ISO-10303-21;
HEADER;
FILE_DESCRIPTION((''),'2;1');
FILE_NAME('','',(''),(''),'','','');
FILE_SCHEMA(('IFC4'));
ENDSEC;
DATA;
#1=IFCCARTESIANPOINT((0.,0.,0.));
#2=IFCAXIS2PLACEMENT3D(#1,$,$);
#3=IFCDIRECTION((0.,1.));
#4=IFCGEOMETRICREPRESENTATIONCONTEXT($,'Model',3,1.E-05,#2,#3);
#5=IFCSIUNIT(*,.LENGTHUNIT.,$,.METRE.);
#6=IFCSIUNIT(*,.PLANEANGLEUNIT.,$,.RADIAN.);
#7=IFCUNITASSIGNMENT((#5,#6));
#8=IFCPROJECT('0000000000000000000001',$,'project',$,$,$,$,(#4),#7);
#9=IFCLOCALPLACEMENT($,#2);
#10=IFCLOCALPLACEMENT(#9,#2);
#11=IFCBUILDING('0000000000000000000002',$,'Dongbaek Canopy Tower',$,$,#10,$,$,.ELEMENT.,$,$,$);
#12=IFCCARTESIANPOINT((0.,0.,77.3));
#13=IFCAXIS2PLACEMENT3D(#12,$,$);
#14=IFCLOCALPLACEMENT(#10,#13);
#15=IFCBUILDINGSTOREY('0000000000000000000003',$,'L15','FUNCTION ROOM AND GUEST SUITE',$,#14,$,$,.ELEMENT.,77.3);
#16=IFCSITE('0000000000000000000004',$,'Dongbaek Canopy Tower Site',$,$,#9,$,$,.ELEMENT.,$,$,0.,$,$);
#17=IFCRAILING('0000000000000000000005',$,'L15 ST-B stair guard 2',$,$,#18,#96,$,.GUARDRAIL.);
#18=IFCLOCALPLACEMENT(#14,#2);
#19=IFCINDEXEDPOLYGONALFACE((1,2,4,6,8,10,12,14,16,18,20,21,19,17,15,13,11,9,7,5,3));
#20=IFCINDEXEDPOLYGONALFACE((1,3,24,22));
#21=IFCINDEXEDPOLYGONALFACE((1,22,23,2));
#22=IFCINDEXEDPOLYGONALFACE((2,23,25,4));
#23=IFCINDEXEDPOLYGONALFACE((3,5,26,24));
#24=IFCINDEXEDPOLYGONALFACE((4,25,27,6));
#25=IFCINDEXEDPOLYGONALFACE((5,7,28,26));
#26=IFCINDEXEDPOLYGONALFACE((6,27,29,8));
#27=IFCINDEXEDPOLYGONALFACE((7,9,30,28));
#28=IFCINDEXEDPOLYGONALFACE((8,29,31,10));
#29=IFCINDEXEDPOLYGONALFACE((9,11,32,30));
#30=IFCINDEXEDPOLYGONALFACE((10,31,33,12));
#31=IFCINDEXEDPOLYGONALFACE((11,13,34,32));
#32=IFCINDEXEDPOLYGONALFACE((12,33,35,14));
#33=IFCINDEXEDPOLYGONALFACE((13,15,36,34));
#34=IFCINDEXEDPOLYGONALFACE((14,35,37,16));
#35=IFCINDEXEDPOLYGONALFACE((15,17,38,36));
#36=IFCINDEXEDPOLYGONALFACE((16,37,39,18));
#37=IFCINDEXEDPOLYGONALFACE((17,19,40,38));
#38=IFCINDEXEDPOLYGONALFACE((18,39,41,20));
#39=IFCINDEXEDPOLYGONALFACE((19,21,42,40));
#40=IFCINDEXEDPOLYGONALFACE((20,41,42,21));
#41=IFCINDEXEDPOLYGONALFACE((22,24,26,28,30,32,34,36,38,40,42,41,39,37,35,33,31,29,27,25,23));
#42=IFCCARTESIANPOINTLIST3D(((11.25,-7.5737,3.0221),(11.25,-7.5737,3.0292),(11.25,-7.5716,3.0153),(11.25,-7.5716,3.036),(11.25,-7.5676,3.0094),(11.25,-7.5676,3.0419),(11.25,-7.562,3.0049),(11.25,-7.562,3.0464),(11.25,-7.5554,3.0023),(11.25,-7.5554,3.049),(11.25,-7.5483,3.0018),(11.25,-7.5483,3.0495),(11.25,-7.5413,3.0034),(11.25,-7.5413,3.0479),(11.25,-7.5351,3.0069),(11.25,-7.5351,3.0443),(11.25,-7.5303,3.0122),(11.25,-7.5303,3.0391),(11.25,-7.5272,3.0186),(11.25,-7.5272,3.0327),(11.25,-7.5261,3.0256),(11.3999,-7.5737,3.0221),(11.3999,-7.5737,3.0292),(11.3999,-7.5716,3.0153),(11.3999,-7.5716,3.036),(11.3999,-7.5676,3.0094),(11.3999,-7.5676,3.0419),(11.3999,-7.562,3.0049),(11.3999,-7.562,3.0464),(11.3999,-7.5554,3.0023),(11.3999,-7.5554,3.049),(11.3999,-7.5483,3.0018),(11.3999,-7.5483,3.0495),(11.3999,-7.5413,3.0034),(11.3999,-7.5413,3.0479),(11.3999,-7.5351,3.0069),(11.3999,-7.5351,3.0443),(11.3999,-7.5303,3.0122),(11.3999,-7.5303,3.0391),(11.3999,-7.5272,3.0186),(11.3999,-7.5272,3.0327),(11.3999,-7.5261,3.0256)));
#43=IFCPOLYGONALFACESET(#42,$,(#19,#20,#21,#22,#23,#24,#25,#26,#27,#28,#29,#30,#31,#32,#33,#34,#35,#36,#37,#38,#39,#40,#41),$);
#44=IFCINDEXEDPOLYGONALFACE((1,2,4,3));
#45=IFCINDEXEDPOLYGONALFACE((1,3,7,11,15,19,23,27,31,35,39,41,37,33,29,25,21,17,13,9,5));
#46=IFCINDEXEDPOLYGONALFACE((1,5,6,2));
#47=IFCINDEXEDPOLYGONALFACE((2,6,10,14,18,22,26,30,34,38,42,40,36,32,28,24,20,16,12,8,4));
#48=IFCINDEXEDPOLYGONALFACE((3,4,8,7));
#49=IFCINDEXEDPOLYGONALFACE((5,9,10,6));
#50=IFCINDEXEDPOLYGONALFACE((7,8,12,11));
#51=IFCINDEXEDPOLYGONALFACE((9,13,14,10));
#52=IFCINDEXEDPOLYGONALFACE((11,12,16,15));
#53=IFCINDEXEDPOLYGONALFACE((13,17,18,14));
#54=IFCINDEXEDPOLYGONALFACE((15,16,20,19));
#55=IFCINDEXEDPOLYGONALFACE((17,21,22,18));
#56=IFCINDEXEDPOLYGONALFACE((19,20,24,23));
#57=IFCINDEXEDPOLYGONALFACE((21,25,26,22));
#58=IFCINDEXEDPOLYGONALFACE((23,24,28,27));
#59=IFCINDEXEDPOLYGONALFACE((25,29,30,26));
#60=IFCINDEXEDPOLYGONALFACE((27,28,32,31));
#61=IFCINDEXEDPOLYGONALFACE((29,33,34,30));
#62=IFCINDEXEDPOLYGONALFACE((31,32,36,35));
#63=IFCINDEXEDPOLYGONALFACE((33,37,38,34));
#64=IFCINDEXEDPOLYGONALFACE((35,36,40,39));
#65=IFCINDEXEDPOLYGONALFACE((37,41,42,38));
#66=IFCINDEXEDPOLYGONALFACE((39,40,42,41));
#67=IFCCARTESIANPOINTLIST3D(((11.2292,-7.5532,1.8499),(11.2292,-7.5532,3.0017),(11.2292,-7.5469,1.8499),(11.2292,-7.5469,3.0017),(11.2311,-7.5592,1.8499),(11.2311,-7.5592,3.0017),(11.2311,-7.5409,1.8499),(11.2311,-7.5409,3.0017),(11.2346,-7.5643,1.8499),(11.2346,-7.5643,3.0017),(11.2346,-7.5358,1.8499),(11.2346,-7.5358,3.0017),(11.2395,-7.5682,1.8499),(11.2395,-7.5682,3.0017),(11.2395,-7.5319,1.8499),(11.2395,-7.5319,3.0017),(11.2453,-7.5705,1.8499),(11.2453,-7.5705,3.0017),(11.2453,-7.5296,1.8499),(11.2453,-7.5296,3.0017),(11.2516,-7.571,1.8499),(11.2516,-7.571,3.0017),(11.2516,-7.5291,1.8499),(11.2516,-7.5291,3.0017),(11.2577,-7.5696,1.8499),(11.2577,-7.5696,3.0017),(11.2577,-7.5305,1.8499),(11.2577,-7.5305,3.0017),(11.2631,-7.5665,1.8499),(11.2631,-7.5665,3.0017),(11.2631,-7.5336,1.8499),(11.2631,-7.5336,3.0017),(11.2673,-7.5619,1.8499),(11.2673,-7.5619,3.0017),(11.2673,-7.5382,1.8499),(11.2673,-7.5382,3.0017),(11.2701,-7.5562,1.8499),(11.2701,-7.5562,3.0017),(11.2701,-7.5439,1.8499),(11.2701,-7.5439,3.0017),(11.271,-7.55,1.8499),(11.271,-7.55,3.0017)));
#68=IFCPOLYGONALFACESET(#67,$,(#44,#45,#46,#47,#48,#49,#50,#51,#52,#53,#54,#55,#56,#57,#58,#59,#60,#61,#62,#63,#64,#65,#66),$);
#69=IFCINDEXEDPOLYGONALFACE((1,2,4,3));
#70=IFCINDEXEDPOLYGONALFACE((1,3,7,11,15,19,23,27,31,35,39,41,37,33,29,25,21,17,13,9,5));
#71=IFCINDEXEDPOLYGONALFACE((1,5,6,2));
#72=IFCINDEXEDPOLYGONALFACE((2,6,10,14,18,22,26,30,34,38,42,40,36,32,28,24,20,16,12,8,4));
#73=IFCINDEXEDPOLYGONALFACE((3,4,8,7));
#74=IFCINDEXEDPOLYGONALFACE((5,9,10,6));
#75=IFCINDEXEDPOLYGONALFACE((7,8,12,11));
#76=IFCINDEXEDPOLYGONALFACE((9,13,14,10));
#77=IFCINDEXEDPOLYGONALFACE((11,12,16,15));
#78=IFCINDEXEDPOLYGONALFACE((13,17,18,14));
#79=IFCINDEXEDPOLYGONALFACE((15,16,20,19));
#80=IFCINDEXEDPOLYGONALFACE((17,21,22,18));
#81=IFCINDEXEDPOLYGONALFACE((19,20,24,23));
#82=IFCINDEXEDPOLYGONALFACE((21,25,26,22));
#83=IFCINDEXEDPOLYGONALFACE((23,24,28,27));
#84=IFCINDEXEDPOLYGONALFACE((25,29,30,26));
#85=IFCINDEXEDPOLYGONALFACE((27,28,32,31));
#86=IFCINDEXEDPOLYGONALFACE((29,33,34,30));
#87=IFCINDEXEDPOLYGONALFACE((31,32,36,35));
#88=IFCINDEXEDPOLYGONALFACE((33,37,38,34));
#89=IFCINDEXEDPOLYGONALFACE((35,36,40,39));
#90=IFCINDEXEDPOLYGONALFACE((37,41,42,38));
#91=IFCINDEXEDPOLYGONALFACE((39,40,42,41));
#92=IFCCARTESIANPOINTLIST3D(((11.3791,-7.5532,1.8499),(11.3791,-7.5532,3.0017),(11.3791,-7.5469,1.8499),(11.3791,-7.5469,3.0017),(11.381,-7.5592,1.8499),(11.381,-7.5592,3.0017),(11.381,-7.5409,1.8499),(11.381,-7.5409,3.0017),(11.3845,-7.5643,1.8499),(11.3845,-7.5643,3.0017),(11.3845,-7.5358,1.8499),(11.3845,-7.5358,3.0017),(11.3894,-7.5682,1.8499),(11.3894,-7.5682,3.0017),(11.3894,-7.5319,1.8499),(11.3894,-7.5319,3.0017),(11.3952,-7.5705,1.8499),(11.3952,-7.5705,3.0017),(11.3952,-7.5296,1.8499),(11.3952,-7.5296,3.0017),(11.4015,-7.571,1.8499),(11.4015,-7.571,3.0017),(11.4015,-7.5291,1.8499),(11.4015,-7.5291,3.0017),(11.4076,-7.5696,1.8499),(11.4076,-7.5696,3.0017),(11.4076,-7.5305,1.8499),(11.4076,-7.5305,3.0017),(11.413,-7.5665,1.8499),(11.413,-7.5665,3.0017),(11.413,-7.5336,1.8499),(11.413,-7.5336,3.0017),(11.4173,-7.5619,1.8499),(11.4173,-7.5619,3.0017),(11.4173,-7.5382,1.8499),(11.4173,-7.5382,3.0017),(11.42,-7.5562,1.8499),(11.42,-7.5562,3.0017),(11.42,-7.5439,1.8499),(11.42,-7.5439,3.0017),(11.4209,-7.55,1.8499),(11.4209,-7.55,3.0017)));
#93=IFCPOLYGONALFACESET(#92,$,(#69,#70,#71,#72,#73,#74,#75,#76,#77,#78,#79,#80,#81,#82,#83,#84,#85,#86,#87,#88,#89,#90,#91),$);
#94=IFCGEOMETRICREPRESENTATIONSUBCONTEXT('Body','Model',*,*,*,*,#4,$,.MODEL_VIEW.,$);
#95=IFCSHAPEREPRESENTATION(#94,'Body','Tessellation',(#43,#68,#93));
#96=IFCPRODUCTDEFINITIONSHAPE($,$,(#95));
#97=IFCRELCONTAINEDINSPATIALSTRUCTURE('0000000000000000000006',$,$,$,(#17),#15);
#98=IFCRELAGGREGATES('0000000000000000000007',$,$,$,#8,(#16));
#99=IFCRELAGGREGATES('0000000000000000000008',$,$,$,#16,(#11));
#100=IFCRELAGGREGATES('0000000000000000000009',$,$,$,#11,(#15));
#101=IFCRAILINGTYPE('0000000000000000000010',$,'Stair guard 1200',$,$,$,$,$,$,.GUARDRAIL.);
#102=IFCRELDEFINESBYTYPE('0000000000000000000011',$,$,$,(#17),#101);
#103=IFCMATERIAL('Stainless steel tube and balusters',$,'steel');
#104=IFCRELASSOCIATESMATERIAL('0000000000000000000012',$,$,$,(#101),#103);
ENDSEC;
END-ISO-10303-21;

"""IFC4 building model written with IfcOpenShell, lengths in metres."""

from ifc_helpers import new_model, si_unit, direction, frame, origin, origin_2d, place, context, subcontext, project, spatial, circle, extrude, material, type_object, element, save


model = new_model("IFC4")

# Units and contexts
model_context = context("Model", 3, precision=1e-05, world=origin(), true_north=direction((0.0, 1.0)))
body_context = subcontext(model_context, "Body", "Model", "MODEL_VIEW")
ifc_project = project(units=[si_unit("LENGTHUNIT", "METRE"), si_unit("PLANEANGLEUNIT", "RADIAN")], contexts=[model_context])

# Site, building, storey
site_placement = place(None, origin())
site = spatial("IfcSite", under=ifc_project, at=site_placement, Name="Dongbaek Canopy Tower Site", CompositionType="ELEMENT", RefElevation=0.0)
building_placement = place(site_placement, origin())
building = spatial("IfcBuilding", under=site, at=building_placement, Name="Dongbaek Canopy Tower", CompositionType="ELEMENT")
storey_placement = place(building_placement, frame((0.0, 0.0, 77.3)))
storey = spatial("IfcBuildingStorey", under=building, at=storey_placement, Name="L15", Description="FUNCTION ROOM AND GUEST SUITE", CompositionType="ELEMENT", Elevation=77.3)

# Railing
ifc_material_1 = material(Name="Stainless steel tube and balusters", Category="steel")
railing_type_1 = type_object("IfcRailingType", Name="Stair guard 1200", PredefinedType="GUARDRAIL", material=ifc_material_1)
railing_1_placement = place(storey_placement, frame((11.25, -7.55, 1.8499)))
element("IfcRailing", 1, at=railing_1_placement, inside=storey, type_object=railing_type_1, Name="L15 ST-B stair guard 2", PredefinedType="GUARDRAIL", context=body_context, shape_type="SweptSolid", body=[
    extrude(circle(Radius=0.0239, at=origin_2d()), frame((0.0, 0.0, 1.1758), z_axis=(1.0, 0.0, 0.0), x_axis=(0.0, 1.0, 0.0)), (0.0, 0.0, 1.0), 0.1499),
    extrude(circle(Radius=0.021, at=origin_2d()), origin(), (0.0, 0.0, 1.0), 1.1519),
    extrude(circle(Radius=0.021, at=origin_2d()), frame((0.1499, 0.0, 0.0)), (0.0, 0.0, 1.0), 1.1519),
])

save(model, "model.ifc")
